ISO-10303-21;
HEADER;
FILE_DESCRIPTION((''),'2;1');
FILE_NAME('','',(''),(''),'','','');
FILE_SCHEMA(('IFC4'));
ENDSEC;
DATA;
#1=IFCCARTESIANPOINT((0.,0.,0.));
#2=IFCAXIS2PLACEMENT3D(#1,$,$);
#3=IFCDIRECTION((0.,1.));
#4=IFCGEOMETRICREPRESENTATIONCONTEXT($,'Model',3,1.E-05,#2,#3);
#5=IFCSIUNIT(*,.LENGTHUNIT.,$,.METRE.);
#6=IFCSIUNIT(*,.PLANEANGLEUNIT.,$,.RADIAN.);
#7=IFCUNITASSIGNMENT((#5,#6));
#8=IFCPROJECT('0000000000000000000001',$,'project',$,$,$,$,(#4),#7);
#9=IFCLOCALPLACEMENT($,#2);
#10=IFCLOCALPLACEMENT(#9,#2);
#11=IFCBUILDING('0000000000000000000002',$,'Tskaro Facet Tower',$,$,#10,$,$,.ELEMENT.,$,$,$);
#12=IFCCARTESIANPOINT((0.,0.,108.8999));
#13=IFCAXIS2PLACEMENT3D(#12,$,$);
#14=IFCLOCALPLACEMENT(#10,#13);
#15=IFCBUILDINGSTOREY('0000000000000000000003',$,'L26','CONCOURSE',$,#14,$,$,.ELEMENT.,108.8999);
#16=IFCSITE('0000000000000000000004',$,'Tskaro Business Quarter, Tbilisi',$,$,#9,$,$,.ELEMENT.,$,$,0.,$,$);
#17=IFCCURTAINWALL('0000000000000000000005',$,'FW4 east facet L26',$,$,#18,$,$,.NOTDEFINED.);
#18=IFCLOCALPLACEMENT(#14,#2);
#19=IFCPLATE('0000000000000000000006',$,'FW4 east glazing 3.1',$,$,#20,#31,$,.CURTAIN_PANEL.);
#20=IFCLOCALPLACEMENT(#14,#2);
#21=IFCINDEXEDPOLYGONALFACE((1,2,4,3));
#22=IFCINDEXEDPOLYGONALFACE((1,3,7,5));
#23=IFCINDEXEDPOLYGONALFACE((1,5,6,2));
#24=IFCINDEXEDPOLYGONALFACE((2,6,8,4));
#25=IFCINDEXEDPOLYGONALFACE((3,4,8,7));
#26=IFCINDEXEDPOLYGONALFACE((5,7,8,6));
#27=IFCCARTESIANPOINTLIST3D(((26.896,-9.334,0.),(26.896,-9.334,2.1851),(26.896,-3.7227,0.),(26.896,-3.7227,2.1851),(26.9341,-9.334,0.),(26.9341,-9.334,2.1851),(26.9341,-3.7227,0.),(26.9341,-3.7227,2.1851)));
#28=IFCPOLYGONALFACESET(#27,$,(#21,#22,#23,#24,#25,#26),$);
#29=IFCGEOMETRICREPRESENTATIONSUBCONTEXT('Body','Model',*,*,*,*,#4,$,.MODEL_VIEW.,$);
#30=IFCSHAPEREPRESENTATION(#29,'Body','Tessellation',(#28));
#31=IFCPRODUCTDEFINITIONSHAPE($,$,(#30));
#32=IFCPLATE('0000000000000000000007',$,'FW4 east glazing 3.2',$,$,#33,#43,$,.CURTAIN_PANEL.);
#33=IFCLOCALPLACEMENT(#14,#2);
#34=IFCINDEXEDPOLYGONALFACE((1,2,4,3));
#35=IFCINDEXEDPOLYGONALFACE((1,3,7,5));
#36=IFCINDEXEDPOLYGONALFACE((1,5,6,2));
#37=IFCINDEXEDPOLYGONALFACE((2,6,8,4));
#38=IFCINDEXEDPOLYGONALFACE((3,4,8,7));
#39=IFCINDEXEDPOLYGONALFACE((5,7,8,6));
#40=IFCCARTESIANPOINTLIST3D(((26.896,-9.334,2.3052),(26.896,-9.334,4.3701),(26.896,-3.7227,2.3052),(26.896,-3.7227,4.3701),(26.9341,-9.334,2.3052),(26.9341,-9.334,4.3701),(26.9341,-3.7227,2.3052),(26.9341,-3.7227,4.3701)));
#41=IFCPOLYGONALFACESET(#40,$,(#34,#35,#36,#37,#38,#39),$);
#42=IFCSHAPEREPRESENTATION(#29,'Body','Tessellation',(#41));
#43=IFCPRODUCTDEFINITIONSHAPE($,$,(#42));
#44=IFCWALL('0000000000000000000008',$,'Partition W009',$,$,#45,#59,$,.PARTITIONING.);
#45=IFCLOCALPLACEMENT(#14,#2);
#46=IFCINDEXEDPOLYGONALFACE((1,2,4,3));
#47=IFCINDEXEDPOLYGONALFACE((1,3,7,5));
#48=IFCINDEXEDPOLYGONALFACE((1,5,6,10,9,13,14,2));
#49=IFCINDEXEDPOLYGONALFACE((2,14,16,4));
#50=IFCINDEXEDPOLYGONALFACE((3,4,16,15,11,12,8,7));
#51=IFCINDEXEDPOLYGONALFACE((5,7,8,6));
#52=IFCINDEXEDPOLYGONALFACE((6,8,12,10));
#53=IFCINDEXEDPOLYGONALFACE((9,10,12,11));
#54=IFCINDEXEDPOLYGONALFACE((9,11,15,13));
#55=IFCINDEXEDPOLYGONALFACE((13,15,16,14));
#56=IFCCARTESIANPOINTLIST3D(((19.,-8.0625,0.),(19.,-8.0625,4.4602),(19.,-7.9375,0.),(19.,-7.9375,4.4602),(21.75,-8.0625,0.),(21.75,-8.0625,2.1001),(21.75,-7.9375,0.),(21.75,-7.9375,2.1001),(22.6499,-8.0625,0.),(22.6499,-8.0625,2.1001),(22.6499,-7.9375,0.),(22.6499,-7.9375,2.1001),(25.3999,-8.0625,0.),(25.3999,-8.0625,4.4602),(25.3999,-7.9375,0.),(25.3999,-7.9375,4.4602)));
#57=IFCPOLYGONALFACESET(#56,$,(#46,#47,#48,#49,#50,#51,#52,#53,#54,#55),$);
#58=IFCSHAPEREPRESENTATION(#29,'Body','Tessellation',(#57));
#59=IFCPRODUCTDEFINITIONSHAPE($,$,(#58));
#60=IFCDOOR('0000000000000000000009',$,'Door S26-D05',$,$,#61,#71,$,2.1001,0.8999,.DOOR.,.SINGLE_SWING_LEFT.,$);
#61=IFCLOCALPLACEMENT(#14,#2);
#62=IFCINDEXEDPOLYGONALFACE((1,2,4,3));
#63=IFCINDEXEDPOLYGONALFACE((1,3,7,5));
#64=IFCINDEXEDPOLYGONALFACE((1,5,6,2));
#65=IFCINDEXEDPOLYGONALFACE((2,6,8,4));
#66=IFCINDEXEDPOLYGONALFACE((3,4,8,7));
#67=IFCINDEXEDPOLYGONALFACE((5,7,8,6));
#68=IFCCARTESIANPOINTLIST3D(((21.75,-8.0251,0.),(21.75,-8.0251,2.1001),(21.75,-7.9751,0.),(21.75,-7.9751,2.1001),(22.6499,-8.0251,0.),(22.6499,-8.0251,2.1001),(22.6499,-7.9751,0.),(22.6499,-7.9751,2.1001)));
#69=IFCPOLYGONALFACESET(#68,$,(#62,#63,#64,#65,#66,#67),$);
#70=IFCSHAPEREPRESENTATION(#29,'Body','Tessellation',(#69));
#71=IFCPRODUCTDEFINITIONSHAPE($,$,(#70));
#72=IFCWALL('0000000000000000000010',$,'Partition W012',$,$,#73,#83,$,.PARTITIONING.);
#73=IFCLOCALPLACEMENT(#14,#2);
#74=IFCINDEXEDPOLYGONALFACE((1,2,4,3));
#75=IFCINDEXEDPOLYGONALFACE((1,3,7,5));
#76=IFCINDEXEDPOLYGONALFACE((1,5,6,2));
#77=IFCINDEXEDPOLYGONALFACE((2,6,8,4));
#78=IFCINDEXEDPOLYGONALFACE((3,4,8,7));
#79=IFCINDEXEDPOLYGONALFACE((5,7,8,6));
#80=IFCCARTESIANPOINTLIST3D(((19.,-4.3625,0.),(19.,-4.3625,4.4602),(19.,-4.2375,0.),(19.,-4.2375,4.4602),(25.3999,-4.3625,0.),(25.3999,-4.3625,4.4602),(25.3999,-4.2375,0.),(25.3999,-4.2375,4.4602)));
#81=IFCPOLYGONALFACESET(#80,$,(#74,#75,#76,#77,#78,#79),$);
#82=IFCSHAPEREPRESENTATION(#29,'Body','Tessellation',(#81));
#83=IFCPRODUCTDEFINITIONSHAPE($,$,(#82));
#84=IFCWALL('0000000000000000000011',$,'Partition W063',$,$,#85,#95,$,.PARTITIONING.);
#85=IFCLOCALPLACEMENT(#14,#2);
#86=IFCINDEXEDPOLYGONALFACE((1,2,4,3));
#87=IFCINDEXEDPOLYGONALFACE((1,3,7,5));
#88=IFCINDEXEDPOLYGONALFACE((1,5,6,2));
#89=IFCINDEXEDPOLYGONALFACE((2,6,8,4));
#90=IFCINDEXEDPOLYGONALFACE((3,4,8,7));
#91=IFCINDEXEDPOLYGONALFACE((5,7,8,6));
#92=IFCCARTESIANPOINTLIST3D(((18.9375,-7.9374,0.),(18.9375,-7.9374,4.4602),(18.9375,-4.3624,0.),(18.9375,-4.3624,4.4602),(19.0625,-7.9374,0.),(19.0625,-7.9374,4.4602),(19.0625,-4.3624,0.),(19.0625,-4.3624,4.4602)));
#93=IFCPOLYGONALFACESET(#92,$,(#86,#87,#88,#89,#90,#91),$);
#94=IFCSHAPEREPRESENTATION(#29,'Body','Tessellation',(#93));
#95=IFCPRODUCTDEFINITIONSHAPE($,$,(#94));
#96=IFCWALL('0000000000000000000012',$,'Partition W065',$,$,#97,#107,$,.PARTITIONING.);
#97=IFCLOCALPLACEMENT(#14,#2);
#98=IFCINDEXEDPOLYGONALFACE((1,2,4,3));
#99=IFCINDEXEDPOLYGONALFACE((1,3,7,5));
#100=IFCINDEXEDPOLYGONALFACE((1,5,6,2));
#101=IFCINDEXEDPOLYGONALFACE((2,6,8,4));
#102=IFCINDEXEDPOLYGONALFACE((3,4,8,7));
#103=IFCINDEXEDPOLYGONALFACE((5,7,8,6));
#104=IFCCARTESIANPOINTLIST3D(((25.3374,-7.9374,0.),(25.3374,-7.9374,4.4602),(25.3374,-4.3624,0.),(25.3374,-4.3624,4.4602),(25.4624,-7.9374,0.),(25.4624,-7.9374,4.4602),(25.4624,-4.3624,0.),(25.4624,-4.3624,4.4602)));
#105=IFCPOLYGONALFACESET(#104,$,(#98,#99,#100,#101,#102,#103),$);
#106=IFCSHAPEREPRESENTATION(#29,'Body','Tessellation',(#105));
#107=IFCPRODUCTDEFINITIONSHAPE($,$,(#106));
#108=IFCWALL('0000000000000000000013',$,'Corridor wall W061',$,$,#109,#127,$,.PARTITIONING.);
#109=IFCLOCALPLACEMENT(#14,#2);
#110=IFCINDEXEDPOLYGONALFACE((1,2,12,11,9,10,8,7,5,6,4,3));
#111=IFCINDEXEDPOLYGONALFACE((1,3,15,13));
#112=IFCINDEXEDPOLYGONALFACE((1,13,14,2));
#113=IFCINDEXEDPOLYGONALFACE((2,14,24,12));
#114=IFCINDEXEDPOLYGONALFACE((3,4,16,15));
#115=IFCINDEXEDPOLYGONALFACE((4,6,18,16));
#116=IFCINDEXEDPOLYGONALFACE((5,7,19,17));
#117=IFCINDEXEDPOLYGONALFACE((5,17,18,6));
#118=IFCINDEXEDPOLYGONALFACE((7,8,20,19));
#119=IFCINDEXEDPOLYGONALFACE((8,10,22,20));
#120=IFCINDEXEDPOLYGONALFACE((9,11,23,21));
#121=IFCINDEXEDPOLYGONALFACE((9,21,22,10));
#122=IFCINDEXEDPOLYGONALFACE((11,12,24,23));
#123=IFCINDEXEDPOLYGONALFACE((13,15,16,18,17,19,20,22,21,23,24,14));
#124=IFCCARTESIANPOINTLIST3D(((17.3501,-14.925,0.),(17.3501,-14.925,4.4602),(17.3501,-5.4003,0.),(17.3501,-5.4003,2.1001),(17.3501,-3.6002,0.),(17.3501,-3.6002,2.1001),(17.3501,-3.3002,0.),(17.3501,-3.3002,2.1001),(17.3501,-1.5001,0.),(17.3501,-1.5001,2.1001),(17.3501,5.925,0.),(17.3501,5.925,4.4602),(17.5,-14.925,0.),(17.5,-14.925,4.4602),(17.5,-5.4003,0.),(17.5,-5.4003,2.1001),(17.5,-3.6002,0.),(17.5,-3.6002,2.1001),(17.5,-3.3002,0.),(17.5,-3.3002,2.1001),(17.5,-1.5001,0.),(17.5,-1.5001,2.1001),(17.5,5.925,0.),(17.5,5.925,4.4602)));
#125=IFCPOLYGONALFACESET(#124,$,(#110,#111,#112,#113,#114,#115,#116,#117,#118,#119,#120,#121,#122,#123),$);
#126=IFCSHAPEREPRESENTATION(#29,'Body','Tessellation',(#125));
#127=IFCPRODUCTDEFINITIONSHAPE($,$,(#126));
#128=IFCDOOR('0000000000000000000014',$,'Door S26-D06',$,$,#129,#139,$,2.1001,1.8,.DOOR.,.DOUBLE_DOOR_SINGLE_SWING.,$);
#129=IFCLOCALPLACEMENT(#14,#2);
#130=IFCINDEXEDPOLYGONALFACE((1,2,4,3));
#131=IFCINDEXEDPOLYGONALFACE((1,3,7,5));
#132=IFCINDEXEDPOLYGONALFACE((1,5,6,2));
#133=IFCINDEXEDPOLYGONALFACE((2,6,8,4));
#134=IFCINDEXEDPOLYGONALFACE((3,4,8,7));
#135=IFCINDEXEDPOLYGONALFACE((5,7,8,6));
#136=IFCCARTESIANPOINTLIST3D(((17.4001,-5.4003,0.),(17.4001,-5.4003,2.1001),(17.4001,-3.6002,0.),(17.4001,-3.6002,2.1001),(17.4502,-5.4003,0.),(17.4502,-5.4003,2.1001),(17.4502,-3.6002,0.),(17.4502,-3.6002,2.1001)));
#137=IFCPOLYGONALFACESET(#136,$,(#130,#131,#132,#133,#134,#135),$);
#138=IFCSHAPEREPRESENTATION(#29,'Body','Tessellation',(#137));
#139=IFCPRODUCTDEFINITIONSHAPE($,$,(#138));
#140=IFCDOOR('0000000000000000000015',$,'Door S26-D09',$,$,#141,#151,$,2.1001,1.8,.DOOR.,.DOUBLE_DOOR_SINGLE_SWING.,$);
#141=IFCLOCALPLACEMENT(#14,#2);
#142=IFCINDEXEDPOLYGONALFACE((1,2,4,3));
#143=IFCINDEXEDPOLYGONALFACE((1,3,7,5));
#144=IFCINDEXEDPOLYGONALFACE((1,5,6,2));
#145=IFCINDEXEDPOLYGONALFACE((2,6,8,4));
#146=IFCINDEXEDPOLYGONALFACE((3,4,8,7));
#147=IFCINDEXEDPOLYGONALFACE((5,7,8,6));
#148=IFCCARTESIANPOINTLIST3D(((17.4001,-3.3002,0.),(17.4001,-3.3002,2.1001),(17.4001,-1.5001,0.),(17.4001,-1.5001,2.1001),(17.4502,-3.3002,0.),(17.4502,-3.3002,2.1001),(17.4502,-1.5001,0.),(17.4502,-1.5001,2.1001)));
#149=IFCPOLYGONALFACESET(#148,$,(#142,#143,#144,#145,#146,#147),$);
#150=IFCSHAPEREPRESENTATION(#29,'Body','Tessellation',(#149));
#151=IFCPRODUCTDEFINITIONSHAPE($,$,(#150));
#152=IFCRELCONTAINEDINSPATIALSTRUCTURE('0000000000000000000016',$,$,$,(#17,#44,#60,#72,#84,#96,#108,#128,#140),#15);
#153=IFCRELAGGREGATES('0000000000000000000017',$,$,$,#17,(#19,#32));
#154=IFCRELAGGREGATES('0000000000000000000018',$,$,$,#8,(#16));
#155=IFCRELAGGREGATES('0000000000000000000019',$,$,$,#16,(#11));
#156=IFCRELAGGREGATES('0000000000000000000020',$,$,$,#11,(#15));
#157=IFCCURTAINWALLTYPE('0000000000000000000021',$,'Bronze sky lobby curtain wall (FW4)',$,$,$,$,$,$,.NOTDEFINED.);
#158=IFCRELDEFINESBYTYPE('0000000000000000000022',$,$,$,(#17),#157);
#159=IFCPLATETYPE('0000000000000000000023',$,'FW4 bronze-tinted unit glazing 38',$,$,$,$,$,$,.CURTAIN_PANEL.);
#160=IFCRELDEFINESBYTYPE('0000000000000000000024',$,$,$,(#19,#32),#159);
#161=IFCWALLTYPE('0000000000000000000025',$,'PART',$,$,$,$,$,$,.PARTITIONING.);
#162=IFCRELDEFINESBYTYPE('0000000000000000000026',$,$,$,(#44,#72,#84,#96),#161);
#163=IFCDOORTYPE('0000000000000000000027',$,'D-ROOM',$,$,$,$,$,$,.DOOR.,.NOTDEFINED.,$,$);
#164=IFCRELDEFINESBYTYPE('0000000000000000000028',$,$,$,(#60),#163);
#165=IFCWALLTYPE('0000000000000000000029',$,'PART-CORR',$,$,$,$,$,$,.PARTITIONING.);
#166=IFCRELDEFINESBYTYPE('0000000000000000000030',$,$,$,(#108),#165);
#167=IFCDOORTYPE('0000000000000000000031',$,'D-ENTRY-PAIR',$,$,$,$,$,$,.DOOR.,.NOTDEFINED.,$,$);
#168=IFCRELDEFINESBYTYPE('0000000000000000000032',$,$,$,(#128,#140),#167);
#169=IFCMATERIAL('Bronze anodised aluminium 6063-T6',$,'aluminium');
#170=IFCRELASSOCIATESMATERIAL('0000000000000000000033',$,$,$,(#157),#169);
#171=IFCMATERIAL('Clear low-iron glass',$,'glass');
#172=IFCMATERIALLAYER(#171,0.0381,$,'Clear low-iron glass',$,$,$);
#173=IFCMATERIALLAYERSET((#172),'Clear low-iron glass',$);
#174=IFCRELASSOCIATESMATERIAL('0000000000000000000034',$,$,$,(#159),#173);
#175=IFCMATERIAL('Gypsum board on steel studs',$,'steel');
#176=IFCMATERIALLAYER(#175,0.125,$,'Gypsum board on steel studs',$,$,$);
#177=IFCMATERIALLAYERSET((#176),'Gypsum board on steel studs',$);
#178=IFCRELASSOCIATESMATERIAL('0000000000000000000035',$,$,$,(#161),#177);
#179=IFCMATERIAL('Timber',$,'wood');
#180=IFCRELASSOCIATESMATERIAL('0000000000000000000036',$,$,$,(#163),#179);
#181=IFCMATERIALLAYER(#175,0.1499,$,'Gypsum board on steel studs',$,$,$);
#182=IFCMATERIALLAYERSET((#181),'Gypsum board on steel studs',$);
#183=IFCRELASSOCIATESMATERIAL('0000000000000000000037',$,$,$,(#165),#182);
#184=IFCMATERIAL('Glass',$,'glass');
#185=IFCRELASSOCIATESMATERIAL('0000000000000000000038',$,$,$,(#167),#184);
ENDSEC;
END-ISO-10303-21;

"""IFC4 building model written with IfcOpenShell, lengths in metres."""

from ifc_helpers import new_model, si_unit, direction, frame, frame_2d, origin, origin_2d, place, context, subcontext, project, spatial, rectangle, extrude, material, layer, layer_set, type_object, element, fill, aggregate, save


model = new_model("IFC4")

# Units and contexts
model_context = context("Model", 3, precision=1e-05, world=origin(), true_north=direction((0.0, 1.0)))
body_context = subcontext(model_context, "Body", "Model", "MODEL_VIEW")
ifc_project = project(units=[si_unit("LENGTHUNIT", "METRE"), si_unit("PLANEANGLEUNIT", "RADIAN")], contexts=[model_context])

# Site, building, storey
site_placement = place(None, origin())
site = spatial("IfcSite", under=ifc_project, at=site_placement, Name="Tskaro Business Quarter, Tbilisi", CompositionType="ELEMENT", RefElevation=0.0)
building_placement = place(site_placement, origin())
building = spatial("IfcBuilding", under=site, at=building_placement, Name="Tskaro Facet Tower", CompositionType="ELEMENT")
storey_placement = place(building_placement, frame((0.0, 0.0, 108.8999)))
storey = spatial("IfcBuildingStorey", under=building, at=storey_placement, Name="L26", Description="CONCOURSE", CompositionType="ELEMENT", Elevation=108.8999)

# Curtain wall
ifc_material_1 = material(Name="Bronze anodised aluminium 6063-T6", Category="aluminium")
curtain_wall_type = type_object("IfcCurtainWallType", Name="Bronze sky lobby curtain wall (FW4)", PredefinedType="NOTDEFINED", material=ifc_material_1)
curtain_wall_placement = place(storey_placement, origin())
curtain_wall = element("IfcCurtainWall", 1, at=curtain_wall_placement, inside=storey, type_object=curtain_wall_type, Name="FW4 east facet L26", PredefinedType="NOTDEFINED")

# Plates
ifc_material_2 = material(Name="Clear low-iron glass", Category="glass")
ifc_layer_1 = layer(ifc_material_2, 0.0381, Name="Clear low-iron glass")
ifc_layer_set_1 = layer_set([ifc_layer_1], Name="Clear low-iron glass")
plate_type = type_object("IfcPlateType", Name="FW4 bronze-tinted unit glazing 38", PredefinedType="CURTAIN_PANEL", material=ifc_layer_set_1)
plate_1_placement = place(storey_placement, frame((26.915, -6.5283, 0.0), z_axis=(0.0, 0.0, 1.0), x_axis=(0.0, 1.0, 0.0)))
plate_1 = element("IfcPlate", 2, at=plate_1_placement, type_object=plate_type, Name="FW4 east glazing 3.1", PredefinedType="CURTAIN_PANEL", context=body_context, shape_type="SweptSolid", body=[
    extrude(rectangle(XDim=5.6113, YDim=0.0381, at=origin_2d()), origin(), (0.0, 0.0, 1.0), 2.1851),
])
plate_2_placement = place(storey_placement, frame((26.915, -6.5283, 2.3052), z_axis=(0.0, 0.0, 1.0), x_axis=(0.0, 1.0, 0.0)))
plate_2 = element("IfcPlate", 3, at=plate_2_placement, type_object=plate_type, Name="FW4 east glazing 3.2", PredefinedType="CURTAIN_PANEL", context=body_context, shape_type="SweptSolid", body=[
    extrude(rectangle(XDim=5.6113, YDim=0.0381, at=origin_2d()), origin(), (0.0, 0.0, 1.0), 2.0649),
])
aggregate(curtain_wall, [plate_1, plate_2])

# Wall, opening, door
ifc_material_3 = material(Name="Gypsum board on steel studs", Category="steel")
ifc_layer_2 = layer(ifc_material_3, 0.125, Name="Gypsum board on steel studs")
ifc_layer_set_2 = layer_set([ifc_layer_2], Name="Gypsum board on steel studs")
wall_type_1 = type_object("IfcWallType", Name="PART", PredefinedType="PARTITIONING", material=ifc_layer_set_2)
wall_1_placement = place(storey_placement, frame((19.0, -8.0, 0.0), z_axis=(0.0, 0.0, 1.0), x_axis=(1.0, 0.0, 0.0)))
wall_1 = element("IfcWall", 4, at=wall_1_placement, inside=storey, type_object=wall_type_1, Name="Partition W009", PredefinedType="PARTITIONING", context=body_context, shape_type="SweptSolid", body=[
    extrude(rectangle(XDim=6.3999, YDim=0.125, at=frame_2d((3.2, 0.0))), origin(), (0.0, 0.0, 1.0), 4.4602),
])
opening_1_placement = place(wall_1_placement, frame((2.75, 0.0, 0.0)))
opening_1 = element("IfcOpeningElement", 5, at=opening_1_placement, cuts=wall_1, PredefinedType="OPENING", context=body_context, shape_type="SweptSolid", body=[
    extrude(rectangle(XDim=0.8999, YDim=2.1001, at=frame_2d((0.45, 1.05))), frame((0.0, 0.0725, 0.0), z_axis=(0.0, -1.0, 0.0), x_axis=(1.0, 0.0, 0.0)), (0.0, 0.0, 1.0), 0.145),
])
ifc_material_4 = material(Name="Timber", Category="wood")
door_type_1 = type_object("IfcDoorType", Name="D-ROOM", OperationType="NOTDEFINED", PredefinedType="DOOR", material=ifc_material_4)
door_1_placement = place(opening_1_placement, origin())
door_1 = element("IfcDoor", 6, at=door_1_placement, inside=storey, type_object=door_type_1, Name="Door S26-D05", OperationType="SINGLE_SWING_LEFT", OverallHeight=2.1001, OverallWidth=0.8999, PredefinedType="DOOR", context=body_context, shape_type="SweptSolid", body=[
    extrude(rectangle(XDim=0.8999, YDim=2.1001, at=frame_2d((0.45, 1.05))), frame((0.0, 0.0249, 0.0), z_axis=(0.0, -1.0, 0.0), x_axis=(1.0, 0.0, 0.0)), (0.0, 0.0, 1.0), 0.05),
])
fill(opening_1, door_1)

# Walls
wall_2_placement = place(storey_placement, frame((19.0, -4.3, 0.0), z_axis=(0.0, 0.0, 1.0), x_axis=(1.0, 0.0, 0.0)))
element("IfcWall", 7, at=wall_2_placement, inside=storey, type_object=wall_type_1, Name="Partition W012", PredefinedType="PARTITIONING", context=body_context, shape_type="SweptSolid", body=[
    extrude(rectangle(XDim=6.3999, YDim=0.125, at=frame_2d((3.2, 0.0))), origin(), (0.0, 0.0, 1.0), 4.4602),
])
for number, where, z_axis, x_axis, name in (
    (8, (19.0, -7.9375, 0.0), (0.0, 0.0, 1.0), (0.0, 1.0, 0.0), "Partition W063"),
    (9, (25.3999, -7.9375, 0.0), (0.0, 0.0, 1.0), (0.0, 1.0, 0.0), "Partition W065"),
):
    element("IfcWall", number, at=place(storey_placement, frame(where, z_axis=z_axis, x_axis=x_axis)), inside=storey, type_object=wall_type_1, Name=name, PredefinedType="PARTITIONING", context=body_context, shape_type="SweptSolid", body=[
        extrude(rectangle(XDim=3.575, YDim=0.125, at=frame_2d((1.7876, 0.0))), origin(), (0.0, 0.0, 1.0), 4.4602),
    ])

# Wall, openings, doors
ifc_layer_3 = layer(ifc_material_3, 0.1499, Name="Gypsum board on steel studs")
ifc_layer_set_3 = layer_set([ifc_layer_3], Name="Gypsum board on steel studs")
wall_type_2 = type_object("IfcWallType", Name="PART-CORR", PredefinedType="PARTITIONING", material=ifc_layer_set_3)
wall_3_placement = place(storey_placement, frame((17.425, -14.925, 0.0), z_axis=(0.0, 0.0, 1.0), x_axis=(0.0, 1.0, 0.0)))
wall_3 = element("IfcWall", 10, at=wall_3_placement, inside=storey, type_object=wall_type_2, Name="Corridor wall W061", PredefinedType="PARTITIONING", context=body_context, shape_type="SweptSolid", body=[
    extrude(rectangle(XDim=20.8501, YDim=0.1499, at=frame_2d((10.425, 0.0))), origin(), (0.0, 0.0, 1.0), 4.4602),
])
opening_2_placement = place(wall_3_placement, frame((9.5249, 0.0, 0.0)))
opening_2 = element("IfcOpeningElement", 11, at=opening_2_placement, cuts=wall_3, PredefinedType="OPENING", context=body_context, shape_type="SweptSolid", body=[
    extrude(rectangle(XDim=1.8, YDim=2.1001, at=frame_2d((0.8999, 1.05))), frame((0.0, 0.085, 0.0), z_axis=(0.0, -1.0, 0.0), x_axis=(1.0, 0.0, 0.0)), (0.0, 0.0, 1.0), 0.1699),
])
opening_3_placement = place(wall_3_placement, frame((11.625, 0.0, 0.0)))
opening_3 = element("IfcOpeningElement", 12, at=opening_3_placement, cuts=wall_3, PredefinedType="OPENING", context=body_context, shape_type="SweptSolid", body=[
    extrude(rectangle(XDim=1.8, YDim=2.1001, at=frame_2d((0.8999, 1.05))), frame((0.0, 0.085, 0.0), z_axis=(0.0, -1.0, 0.0), x_axis=(1.0, 0.0, 0.0)), (0.0, 0.0, 1.0), 0.1699),
])
ifc_material_5 = material(Name="Glass", Category="glass")
door_type_2 = type_object("IfcDoorType", Name="D-ENTRY-PAIR", OperationType="NOTDEFINED", PredefinedType="DOOR", material=ifc_material_5)
door_2_placement = place(opening_2_placement, origin())
door_2 = element("IfcDoor", 13, at=door_2_placement, inside=storey, type_object=door_type_2, Name="Door S26-D06", OperationType="DOUBLE_DOOR_SINGLE_SWING", OverallHeight=2.1001, OverallWidth=1.8, PredefinedType="DOOR", context=body_context, shape_type="SweptSolid", body=[
    extrude(rectangle(XDim=1.8, YDim=2.1001, at=frame_2d((0.8999, 1.05))), frame((0.0, 0.0249, 0.0), z_axis=(0.0, -1.0, 0.0), x_axis=(1.0, 0.0, 0.0)), (0.0, 0.0, 1.0), 0.05),
])
fill(opening_2, door_2)
door_3_placement = place(opening_3_placement, origin())
door_3 = element("IfcDoor", 14, at=door_3_placement, inside=storey, type_object=door_type_2, Name="Door S26-D09", OperationType="DOUBLE_DOOR_SINGLE_SWING", OverallHeight=2.1001, OverallWidth=1.8, PredefinedType="DOOR", context=body_context, shape_type="SweptSolid", body=[
    extrude(rectangle(XDim=1.8, YDim=2.1001, at=frame_2d((0.8999, 1.05))), frame((0.0, 0.0249, 0.0), z_axis=(0.0, -1.0, 0.0), x_axis=(1.0, 0.0, 0.0)), (0.0, 0.0, 1.0), 0.05),
])
fill(opening_3, door_3)

save(model, "model.ifc")
